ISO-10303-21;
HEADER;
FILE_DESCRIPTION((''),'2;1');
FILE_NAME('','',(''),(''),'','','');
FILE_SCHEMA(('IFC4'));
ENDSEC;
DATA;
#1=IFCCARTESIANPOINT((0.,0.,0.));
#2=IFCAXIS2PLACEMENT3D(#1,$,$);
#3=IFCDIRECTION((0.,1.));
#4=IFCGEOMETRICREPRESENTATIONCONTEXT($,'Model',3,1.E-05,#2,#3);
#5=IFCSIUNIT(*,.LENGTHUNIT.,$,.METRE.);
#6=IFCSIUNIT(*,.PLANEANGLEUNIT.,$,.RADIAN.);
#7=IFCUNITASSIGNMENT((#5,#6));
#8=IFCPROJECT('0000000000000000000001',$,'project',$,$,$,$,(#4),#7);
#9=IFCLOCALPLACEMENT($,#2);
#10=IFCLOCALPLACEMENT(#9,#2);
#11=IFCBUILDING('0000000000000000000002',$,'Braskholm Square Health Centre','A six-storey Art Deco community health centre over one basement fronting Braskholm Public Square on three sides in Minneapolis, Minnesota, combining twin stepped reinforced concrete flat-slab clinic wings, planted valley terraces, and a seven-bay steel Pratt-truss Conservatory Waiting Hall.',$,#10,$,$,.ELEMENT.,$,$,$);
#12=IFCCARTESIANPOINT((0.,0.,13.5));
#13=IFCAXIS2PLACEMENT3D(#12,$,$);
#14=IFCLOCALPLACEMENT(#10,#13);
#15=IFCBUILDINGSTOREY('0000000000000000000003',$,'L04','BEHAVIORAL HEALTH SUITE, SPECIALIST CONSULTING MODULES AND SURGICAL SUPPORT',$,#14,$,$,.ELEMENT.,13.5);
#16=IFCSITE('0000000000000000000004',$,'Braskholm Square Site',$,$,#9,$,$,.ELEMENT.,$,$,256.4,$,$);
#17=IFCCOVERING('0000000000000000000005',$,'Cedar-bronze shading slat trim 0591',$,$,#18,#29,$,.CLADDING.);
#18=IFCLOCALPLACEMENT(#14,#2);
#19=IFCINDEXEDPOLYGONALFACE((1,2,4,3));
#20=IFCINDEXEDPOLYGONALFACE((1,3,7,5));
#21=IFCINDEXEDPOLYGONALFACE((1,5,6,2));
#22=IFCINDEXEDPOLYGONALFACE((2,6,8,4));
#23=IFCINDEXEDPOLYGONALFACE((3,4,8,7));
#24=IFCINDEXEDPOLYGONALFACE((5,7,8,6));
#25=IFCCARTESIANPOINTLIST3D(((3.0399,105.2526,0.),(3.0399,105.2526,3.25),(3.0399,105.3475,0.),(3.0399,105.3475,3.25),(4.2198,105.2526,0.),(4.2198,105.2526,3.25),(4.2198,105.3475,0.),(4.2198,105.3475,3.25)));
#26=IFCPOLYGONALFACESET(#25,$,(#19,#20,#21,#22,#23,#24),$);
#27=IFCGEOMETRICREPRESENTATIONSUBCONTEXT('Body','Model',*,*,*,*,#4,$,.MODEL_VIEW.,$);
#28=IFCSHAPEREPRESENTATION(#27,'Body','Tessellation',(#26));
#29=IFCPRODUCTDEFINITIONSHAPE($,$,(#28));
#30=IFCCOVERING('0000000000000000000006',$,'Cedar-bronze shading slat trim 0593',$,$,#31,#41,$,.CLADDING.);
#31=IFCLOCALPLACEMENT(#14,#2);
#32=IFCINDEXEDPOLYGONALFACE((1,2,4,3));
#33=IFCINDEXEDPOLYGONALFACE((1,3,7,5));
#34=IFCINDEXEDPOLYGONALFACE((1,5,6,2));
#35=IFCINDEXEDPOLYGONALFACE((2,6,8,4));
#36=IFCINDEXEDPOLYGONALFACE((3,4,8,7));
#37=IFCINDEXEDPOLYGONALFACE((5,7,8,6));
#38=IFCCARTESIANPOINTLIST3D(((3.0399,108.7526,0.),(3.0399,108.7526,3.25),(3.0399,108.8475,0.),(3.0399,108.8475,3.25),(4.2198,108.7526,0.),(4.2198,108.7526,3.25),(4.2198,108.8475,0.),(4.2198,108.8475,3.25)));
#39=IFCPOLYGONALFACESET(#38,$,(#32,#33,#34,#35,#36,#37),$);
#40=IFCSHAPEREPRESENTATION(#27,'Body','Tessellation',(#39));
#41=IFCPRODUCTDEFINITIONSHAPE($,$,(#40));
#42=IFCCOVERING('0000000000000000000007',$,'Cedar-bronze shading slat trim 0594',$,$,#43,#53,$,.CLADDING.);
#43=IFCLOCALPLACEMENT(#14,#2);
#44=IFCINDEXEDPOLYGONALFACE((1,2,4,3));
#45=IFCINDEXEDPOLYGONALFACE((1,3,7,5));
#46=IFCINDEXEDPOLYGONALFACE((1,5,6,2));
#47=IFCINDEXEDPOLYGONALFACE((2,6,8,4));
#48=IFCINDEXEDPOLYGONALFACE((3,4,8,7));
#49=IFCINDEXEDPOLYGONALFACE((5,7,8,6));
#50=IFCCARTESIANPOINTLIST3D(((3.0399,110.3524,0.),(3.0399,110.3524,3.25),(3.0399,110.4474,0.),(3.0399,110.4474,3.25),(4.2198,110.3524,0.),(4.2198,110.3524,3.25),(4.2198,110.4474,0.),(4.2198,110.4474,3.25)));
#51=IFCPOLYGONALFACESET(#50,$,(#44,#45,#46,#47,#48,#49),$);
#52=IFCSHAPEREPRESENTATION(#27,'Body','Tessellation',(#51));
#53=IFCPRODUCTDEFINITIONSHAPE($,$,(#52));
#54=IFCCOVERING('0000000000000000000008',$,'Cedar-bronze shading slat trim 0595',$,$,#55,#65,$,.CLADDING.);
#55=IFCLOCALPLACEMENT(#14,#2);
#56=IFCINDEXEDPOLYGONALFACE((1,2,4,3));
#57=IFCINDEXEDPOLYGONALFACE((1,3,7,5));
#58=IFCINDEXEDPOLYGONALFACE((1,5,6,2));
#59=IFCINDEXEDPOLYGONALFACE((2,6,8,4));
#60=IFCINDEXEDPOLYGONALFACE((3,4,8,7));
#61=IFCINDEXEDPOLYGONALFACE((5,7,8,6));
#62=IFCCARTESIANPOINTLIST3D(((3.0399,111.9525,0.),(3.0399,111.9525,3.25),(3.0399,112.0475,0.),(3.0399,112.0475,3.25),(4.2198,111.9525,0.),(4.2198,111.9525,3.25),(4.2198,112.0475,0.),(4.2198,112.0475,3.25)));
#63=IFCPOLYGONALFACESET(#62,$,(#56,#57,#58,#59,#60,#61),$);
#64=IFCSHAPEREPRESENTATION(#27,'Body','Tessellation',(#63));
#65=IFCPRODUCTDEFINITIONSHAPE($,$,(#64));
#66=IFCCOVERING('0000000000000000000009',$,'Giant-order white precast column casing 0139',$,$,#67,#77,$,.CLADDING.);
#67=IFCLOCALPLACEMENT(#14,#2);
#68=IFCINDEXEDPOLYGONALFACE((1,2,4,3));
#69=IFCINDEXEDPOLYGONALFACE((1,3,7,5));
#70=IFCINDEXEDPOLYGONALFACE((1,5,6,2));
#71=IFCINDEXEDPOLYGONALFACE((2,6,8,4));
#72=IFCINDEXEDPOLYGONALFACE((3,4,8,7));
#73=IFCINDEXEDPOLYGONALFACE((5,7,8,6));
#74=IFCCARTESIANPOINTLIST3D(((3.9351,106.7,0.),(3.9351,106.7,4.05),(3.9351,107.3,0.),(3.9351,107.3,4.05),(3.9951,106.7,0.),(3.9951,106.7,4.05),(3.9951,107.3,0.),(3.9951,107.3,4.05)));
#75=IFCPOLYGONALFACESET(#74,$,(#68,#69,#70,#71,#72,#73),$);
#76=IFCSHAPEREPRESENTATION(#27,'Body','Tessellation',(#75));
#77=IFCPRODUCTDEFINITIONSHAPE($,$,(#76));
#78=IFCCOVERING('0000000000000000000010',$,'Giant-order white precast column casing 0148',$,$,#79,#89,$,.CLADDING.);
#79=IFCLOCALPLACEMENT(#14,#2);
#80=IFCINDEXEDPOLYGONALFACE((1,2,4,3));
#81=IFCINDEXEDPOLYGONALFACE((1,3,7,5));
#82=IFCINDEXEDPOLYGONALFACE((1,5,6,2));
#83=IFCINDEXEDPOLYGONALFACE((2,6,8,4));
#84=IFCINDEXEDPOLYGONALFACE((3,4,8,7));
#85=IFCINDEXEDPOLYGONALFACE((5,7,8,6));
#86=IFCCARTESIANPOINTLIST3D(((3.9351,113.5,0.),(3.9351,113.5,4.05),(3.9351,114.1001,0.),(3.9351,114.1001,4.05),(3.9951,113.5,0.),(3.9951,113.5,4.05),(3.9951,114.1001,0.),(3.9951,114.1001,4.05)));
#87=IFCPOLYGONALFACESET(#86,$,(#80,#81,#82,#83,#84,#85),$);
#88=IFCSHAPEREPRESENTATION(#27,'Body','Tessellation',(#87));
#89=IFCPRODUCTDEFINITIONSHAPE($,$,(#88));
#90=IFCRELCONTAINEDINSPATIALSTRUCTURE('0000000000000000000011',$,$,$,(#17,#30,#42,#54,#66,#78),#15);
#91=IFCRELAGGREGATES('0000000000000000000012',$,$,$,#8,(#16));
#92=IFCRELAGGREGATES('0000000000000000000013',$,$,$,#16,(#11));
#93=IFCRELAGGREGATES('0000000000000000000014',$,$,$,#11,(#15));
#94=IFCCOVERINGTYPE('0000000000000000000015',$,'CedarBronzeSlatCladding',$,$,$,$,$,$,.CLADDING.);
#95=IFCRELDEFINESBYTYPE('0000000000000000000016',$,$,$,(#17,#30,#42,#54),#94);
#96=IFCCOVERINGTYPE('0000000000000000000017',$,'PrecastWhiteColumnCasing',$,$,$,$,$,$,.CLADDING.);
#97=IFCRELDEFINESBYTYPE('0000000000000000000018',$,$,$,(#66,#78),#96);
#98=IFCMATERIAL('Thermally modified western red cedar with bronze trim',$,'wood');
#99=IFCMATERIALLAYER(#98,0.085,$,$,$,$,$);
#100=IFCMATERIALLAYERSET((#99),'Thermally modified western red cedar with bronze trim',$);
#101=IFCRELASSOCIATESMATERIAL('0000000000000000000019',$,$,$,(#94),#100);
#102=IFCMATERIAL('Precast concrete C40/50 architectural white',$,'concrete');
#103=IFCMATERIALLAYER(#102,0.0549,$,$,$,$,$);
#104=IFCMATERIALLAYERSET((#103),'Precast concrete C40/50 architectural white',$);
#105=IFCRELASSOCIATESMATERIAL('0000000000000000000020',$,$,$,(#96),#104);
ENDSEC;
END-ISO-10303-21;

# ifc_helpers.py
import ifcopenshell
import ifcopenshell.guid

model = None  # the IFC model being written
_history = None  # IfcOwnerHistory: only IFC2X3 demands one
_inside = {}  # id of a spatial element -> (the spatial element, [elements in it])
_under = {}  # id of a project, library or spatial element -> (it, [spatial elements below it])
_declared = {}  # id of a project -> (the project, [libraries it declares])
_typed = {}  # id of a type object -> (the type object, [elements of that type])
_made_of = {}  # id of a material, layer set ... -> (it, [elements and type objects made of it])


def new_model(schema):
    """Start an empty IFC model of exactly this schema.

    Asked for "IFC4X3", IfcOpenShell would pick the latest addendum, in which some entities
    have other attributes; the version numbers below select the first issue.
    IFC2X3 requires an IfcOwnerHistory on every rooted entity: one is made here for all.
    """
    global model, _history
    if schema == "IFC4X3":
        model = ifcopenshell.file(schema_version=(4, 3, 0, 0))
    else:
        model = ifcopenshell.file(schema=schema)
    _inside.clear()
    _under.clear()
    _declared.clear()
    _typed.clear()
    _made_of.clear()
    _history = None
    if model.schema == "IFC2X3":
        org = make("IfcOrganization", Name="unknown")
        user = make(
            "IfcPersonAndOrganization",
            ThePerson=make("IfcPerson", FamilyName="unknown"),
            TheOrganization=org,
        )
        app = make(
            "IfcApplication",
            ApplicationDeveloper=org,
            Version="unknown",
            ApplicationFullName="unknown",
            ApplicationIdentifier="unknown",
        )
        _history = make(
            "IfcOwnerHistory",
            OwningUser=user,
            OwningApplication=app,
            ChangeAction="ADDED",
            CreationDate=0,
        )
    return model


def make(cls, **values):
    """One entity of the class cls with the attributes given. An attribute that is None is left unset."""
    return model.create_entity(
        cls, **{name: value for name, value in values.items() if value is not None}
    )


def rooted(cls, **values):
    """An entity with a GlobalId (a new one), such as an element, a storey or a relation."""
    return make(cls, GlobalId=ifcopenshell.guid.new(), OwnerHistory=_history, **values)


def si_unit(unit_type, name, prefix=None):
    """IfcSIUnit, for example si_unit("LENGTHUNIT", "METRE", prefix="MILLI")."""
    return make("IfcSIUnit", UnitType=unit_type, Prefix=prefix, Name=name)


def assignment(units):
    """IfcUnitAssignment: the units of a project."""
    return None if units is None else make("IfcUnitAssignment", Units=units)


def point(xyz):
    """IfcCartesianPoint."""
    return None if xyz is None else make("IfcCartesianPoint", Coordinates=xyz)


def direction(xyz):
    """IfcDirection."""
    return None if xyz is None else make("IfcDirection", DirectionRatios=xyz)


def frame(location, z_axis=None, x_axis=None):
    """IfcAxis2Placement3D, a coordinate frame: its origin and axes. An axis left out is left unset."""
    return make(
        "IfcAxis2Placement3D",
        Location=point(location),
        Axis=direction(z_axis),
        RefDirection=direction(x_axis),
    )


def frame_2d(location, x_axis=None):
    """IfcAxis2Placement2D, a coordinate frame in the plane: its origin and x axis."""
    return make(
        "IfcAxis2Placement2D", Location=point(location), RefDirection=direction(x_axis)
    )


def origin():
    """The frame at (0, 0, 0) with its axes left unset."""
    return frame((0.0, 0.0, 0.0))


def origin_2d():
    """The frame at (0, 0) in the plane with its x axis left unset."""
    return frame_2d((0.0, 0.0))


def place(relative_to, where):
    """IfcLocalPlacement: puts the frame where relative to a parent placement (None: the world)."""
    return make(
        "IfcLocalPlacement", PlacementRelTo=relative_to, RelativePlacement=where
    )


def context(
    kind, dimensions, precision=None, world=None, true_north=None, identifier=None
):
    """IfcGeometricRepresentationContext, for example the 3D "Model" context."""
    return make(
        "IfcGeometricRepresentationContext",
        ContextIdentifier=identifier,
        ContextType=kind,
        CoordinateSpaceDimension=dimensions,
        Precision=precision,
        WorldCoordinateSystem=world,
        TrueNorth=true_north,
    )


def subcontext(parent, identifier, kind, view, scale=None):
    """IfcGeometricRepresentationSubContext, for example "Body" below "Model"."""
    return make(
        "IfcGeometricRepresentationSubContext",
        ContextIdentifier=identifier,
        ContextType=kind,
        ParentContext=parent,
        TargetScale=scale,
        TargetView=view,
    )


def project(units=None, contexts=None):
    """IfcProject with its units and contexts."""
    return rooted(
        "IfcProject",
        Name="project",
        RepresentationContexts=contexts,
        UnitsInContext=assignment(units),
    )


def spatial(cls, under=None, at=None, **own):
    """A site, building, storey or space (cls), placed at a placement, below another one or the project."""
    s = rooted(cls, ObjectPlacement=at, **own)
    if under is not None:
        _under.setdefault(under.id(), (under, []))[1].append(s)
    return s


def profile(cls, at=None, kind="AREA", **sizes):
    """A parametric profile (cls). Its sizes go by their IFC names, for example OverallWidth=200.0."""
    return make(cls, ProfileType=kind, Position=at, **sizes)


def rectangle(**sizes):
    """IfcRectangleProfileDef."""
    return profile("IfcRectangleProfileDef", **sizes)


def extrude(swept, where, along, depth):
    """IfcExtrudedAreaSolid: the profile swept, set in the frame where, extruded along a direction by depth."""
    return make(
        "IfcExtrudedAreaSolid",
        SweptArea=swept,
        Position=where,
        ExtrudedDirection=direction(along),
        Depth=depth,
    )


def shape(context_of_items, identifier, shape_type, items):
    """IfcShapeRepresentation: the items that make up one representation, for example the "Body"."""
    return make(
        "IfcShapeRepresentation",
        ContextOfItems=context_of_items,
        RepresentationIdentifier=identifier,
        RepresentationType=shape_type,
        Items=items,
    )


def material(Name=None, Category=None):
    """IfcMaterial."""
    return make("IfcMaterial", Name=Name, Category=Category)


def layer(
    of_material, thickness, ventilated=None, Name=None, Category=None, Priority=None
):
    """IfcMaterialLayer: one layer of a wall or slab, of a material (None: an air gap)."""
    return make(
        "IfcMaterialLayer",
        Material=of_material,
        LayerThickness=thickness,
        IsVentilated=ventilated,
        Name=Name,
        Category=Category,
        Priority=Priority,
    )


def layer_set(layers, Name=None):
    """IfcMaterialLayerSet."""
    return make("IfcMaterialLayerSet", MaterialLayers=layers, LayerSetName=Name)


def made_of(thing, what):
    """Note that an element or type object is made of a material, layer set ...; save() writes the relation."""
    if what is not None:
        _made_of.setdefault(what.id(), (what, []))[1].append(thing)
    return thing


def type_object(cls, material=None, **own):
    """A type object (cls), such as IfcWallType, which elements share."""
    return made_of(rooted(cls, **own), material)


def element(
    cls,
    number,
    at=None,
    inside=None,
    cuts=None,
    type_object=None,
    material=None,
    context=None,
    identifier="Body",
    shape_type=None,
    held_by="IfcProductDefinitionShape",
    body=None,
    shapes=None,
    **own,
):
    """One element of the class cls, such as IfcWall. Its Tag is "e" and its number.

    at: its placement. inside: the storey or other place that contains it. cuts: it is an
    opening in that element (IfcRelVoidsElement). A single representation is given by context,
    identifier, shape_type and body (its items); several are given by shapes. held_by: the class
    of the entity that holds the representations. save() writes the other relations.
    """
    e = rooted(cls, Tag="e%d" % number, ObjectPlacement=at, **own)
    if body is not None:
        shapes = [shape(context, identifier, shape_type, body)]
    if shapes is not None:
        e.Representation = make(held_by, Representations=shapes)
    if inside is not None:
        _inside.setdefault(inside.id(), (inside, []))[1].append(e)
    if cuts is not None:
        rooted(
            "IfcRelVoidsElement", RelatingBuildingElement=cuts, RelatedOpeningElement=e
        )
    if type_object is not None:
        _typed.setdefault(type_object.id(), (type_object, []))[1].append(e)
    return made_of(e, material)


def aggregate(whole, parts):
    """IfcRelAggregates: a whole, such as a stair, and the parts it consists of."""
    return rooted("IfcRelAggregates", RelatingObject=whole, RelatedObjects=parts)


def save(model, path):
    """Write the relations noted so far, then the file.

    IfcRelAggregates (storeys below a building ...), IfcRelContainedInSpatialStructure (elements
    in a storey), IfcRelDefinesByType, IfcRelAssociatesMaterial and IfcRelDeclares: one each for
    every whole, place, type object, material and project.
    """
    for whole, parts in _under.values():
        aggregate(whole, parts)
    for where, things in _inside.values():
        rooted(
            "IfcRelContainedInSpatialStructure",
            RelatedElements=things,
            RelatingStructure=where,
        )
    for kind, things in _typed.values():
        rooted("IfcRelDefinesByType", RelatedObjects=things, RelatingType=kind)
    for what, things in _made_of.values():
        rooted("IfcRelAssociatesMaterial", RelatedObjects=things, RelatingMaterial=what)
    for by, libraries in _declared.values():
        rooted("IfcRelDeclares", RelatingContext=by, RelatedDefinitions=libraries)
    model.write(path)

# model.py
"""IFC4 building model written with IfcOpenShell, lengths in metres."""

from ifc_helpers import new_model, si_unit, direction, frame, origin, origin_2d, place, context, subcontext, project, spatial, rectangle, extrude, material, layer, layer_set, type_object, element, save


model = new_model("IFC4")

# Units and contexts
model_context = context("Model", 3, precision=1e-05, world=origin(), true_north=direction((0.0, 1.0)))
body_context = subcontext(model_context, "Body", "Model", "MODEL_VIEW")
ifc_project = project(units=[si_unit("LENGTHUNIT", "METRE"), si_unit("PLANEANGLEUNIT", "RADIAN")], contexts=[model_context])

# Site, building, storey
site_placement = place(None, origin())
site = spatial("IfcSite", under=ifc_project, at=site_placement, Name="Braskholm Square Site", CompositionType="ELEMENT", RefElevation=256.4)
building_placement = place(site_placement, origin())
building = spatial("IfcBuilding", under=site, at=building_placement, Name="Braskholm Square Health Centre", Description="A six-storey Art Deco community health centre over one basement fronting Braskholm Public Square on three sides in Minneapolis, Minnesota, combining twin stepped reinforced concrete flat-slab clinic wings, planted valley terraces, and a seven-bay steel Pratt-truss Conservatory Waiting Hall.", CompositionType="ELEMENT")
storey_placement = place(building_placement, frame((0.0, 0.0, 13.5)))
storey = spatial("IfcBuildingStorey", under=building, at=storey_placement, Name="L04", Description="BEHAVIORAL HEALTH SUITE, SPECIALIST CONSULTING MODULES AND SURGICAL SUPPORT", CompositionType="ELEMENT", Elevation=13.5)

# Shared definitions
ifc_material_1 = material(Name="Precast concrete C40/50 architectural white", Category="concrete")

# Shared definitions
ifc_material_2 = material(Name="Thermally modified western red cedar with bronze trim", Category="wood")

# Coverings
ifc_layer_1 = layer(ifc_material_2, 0.085)
ifc_layer_set_1 = layer_set([ifc_layer_1], Name="Thermally modified western red cedar with bronze trim")
covering_type_1 = type_object("IfcCoveringType", Name="CedarBronzeSlatCladding", PredefinedType="CLADDING", material=ifc_layer_set_1)
for number, where, z_axis, x_axis, name in (
    (1, (3.6299, 105.3, 0.0), (0.0, 0.0, 1.0), (1.0, 0.0, 0.0), "Cedar-bronze shading slat trim 0591"),
    (2, (3.6299, 108.8, 0.0), (0.0, 0.0, 1.0), (1.0, 0.0, 0.0), "Cedar-bronze shading slat trim 0593"),
    (3, (3.6299, 110.3999, 0.0), (0.0, 0.0, 1.0), (1.0, 0.0, 0.0), "Cedar-bronze shading slat trim 0594"),
    (4, (3.6299, 112.0, 0.0), (0.0, 0.0, 1.0), (1.0, 0.0, 0.0), "Cedar-bronze shading slat trim 0595"),
):
    element("IfcCovering", number, at=place(storey_placement, frame(where, z_axis=z_axis, x_axis=x_axis)), inside=storey, type_object=covering_type_1, Name=name, PredefinedType="CLADDING", context=body_context, shape_type="SweptSolid", body=[
        extrude(rectangle(XDim=1.1799, YDim=0.095, at=origin_2d()), origin(), (0.0, 0.0, 1.0), 3.25),
    ])
ifc_layer_2 = layer(ifc_material_1, 0.0549)
ifc_layer_set_2 = layer_set([ifc_layer_2], Name="Precast concrete C40/50 architectural white")
covering_type_2 = type_object("IfcCoveringType", Name="PrecastWhiteColumnCasing", PredefinedType="CLADDING", material=ifc_layer_set_2)
for number, where, z_axis, x_axis, name in (
    (5, (3.9651, 107.0, 0.0), (0.0, 0.0, 1.0), (1.0, 0.0, 0.0), "Giant-order white precast column casing 0139"),
    (6, (3.9651, 113.8, 0.0), (0.0, 0.0, 1.0), (1.0, 0.0, 0.0), "Giant-order white precast column casing 0148"),
):
    element("IfcCovering", number, at=place(storey_placement, frame(where, z_axis=z_axis, x_axis=x_axis)), inside=storey, type_object=covering_type_2, Name=name, PredefinedType="CLADDING", context=body_context, shape_type="SweptSolid", body=[
        extrude(rectangle(XDim=0.0601, YDim=0.6001, at=origin_2d()), origin(), (0.0, 0.0, 1.0), 4.05),
    ])

save(model, "model.ifc")
